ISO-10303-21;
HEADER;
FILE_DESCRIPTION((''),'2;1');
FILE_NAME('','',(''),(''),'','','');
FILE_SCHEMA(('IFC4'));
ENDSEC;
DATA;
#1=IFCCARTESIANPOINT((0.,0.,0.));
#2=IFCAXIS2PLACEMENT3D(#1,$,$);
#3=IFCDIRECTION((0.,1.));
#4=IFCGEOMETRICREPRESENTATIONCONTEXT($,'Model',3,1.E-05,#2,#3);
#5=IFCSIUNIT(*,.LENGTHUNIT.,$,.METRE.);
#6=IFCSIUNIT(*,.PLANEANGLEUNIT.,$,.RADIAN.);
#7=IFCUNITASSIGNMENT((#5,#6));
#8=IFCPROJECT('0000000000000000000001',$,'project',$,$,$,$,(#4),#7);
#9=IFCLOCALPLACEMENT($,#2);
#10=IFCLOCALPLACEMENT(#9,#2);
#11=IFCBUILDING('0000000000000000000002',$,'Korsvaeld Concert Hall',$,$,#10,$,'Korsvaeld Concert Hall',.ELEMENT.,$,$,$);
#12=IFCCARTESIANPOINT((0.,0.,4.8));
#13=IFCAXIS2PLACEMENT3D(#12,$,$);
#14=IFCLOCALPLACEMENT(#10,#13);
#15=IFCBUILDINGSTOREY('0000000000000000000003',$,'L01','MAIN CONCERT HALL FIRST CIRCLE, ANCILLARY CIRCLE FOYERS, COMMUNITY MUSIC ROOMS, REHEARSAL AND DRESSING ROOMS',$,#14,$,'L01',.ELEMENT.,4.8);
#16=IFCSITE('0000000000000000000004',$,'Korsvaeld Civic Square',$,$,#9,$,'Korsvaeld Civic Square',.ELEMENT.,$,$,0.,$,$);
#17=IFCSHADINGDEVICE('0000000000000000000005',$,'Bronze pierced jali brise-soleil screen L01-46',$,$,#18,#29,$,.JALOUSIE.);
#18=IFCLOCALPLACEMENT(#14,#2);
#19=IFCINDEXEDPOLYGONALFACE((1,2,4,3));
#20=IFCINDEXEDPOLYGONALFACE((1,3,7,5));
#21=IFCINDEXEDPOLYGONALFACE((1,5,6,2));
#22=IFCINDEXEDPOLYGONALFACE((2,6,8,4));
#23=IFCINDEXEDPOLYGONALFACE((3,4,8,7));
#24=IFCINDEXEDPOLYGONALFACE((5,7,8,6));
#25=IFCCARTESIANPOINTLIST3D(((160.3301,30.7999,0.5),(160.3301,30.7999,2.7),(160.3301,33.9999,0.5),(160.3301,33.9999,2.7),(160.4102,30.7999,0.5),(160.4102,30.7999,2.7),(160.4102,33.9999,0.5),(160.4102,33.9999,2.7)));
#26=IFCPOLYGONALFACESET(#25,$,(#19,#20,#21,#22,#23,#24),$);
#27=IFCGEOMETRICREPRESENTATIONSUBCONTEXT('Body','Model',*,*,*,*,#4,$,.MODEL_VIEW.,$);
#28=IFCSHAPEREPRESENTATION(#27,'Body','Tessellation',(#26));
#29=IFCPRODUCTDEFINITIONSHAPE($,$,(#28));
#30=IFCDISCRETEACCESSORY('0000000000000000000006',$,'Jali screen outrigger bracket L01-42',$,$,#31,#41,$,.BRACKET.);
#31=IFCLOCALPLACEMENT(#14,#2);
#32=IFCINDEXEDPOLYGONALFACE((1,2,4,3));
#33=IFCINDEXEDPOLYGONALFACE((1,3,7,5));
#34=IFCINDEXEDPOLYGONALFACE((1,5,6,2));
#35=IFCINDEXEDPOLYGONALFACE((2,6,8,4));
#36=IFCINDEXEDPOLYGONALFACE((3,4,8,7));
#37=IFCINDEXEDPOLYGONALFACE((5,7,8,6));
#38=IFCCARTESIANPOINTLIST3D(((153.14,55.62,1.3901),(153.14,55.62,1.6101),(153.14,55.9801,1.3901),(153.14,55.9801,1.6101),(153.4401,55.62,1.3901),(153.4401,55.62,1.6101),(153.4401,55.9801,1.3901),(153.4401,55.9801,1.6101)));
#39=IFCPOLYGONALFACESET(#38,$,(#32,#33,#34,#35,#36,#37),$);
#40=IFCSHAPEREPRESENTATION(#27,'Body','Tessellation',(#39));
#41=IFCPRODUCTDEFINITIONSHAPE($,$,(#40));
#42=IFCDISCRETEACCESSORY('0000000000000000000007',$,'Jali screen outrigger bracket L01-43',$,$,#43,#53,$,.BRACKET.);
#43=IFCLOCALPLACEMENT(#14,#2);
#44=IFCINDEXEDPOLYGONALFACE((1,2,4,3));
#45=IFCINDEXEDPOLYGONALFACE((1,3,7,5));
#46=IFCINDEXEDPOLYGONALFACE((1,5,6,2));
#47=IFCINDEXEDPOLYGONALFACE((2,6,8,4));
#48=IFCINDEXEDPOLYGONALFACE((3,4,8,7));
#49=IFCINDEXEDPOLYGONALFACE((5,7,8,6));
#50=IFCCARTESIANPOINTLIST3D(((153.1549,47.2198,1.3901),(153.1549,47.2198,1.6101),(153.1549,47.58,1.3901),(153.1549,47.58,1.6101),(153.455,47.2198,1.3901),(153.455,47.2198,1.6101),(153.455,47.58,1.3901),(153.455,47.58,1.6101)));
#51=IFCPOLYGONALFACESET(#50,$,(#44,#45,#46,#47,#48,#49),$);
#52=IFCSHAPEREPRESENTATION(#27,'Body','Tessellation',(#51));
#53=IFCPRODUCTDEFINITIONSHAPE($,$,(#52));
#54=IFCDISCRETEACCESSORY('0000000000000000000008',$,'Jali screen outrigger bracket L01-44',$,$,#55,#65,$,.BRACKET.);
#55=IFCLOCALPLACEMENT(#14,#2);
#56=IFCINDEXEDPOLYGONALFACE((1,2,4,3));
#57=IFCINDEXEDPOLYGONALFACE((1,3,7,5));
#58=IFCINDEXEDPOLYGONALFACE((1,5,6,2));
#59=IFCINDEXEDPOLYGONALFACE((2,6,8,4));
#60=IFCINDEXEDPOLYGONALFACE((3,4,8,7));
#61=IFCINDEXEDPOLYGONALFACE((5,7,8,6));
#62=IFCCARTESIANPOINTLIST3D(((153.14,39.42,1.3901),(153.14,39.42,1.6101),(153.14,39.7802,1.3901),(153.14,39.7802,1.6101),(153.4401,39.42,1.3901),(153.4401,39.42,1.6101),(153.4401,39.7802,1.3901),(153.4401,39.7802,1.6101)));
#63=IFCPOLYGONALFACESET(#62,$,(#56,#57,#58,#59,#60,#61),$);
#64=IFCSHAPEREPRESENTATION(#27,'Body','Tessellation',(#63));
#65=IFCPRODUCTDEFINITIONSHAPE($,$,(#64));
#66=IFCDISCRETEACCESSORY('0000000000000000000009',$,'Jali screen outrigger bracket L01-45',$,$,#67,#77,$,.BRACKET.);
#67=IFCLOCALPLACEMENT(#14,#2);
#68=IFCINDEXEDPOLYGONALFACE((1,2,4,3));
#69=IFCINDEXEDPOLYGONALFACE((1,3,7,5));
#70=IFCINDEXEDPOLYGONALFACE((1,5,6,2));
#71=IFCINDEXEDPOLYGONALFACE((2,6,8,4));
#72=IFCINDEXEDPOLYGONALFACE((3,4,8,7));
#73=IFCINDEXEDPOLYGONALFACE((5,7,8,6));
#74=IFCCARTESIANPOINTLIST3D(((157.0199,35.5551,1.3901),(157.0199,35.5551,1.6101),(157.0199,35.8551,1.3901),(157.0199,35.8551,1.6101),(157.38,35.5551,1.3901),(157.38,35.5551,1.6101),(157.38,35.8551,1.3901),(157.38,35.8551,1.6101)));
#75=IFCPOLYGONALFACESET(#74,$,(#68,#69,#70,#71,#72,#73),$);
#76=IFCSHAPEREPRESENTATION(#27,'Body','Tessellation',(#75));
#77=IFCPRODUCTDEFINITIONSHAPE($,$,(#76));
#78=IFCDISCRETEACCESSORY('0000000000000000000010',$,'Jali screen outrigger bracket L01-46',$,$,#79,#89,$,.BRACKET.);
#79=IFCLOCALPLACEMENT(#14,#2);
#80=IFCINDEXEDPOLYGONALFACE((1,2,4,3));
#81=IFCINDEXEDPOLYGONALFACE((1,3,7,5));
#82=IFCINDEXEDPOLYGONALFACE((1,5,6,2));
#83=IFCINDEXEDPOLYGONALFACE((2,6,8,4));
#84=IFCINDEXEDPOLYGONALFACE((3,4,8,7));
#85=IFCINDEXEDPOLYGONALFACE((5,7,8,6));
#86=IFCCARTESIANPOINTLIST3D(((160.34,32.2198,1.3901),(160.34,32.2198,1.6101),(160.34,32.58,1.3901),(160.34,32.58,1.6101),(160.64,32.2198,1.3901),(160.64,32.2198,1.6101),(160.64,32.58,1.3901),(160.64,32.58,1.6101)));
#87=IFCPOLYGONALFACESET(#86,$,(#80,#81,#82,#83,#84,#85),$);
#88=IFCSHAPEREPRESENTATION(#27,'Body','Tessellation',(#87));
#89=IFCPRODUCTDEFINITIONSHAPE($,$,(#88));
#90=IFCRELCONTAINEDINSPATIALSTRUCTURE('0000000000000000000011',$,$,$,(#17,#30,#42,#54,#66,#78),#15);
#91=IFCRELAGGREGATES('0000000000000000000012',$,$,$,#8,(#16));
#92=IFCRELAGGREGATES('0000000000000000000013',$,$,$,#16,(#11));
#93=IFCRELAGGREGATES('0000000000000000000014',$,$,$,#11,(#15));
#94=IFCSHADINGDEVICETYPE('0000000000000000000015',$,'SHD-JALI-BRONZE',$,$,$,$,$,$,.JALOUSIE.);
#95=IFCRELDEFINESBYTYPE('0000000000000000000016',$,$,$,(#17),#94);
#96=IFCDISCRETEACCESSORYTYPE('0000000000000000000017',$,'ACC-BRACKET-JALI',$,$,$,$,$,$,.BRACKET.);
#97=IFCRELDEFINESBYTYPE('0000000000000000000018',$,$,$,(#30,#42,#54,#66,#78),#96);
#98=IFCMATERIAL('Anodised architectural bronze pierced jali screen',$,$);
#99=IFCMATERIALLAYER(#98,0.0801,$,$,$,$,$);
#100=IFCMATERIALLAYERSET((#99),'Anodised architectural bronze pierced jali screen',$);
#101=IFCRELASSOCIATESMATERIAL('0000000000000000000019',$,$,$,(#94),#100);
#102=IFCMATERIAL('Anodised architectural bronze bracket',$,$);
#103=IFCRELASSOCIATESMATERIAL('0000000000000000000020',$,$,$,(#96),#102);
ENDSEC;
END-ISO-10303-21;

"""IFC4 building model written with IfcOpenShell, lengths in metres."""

from ifc_helpers import new_model, si_unit, direction, frame, origin, origin_2d, place, context, subcontext, project, spatial, rectangle, extrude, material, layer, layer_set, type_object, element, save


model = new_model("IFC4")

# Units and contexts
model_context = context("Model", 3, precision=1e-05, world=origin(), true_north=direction((0.0, 1.0)))
body_context = subcontext(model_context, "Body", "Model", "MODEL_VIEW")
ifc_project = project(units=[si_unit("LENGTHUNIT", "METRE"), si_unit("PLANEANGLEUNIT", "RADIAN")], contexts=[model_context])

# Site, building, storey
site_placement = place(None, origin())
site = spatial("IfcSite", under=ifc_project, at=site_placement, Name="Korsvaeld Civic Square", LongName="Korsvaeld Civic Square", CompositionType="ELEMENT", RefElevation=0.0)
building_placement = place(site_placement, origin())
building = spatial("IfcBuilding", under=site, at=building_placement, Name="Korsvaeld Concert Hall", LongName="Korsvaeld Concert Hall", CompositionType="ELEMENT")
storey_placement = place(building_placement, frame((0.0, 0.0, 4.8)))
storey = spatial("IfcBuildingStorey", under=building, at=storey_placement, Name="L01", Description="MAIN CONCERT HALL FIRST CIRCLE, ANCILLARY CIRCLE FOYERS, COMMUNITY MUSIC ROOMS, REHEARSAL AND DRESSING ROOMS", LongName="L01", CompositionType="ELEMENT", Elevation=4.8)

# Shading device
ifc_material_1 = material(Name="Anodised architectural bronze pierced jali screen")
ifc_layer_1 = layer(ifc_material_1, 0.0801)
ifc_layer_set_1 = layer_set([ifc_layer_1], Name="Anodised architectural bronze pierced jali screen")
shading_device_type = type_object("IfcShadingDeviceType", Name="SHD-JALI-BRONZE", PredefinedType="JALOUSIE", material=ifc_layer_set_1)
for number, where, z_axis, x_axis, name in (
    (1, (160.3701, 32.3999, 0.5), (0.0, 0.0, 1.0), (0.0, -1.0, 0.0), "Bronze pierced jali brise-soleil screen L01-46"),
):
    element("IfcShadingDevice", number, at=place(storey_placement, frame(where, z_axis=z_axis, x_axis=x_axis)), inside=storey, type_object=shading_device_type, Name=name, PredefinedType="JALOUSIE", context=body_context, shape_type="SweptSolid", body=[
        extrude(rectangle(XDim=3.2, YDim=0.0801, at=origin_2d()), origin(), (0.0, 0.0, 1.0), 2.2),
    ])

# Discrete accessories
ifc_material_2 = material(Name="Anodised architectural bronze bracket")
discrete_accessory_type = type_object("IfcDiscreteAccessoryType", Name="ACC-BRACKET-JALI", PredefinedType="BRACKET", material=ifc_material_2)
for number, where, z_axis, x_axis, name in (
    (2, (153.29, 55.8, 1.3901), (0.0, 0.0, 1.0), (0.0, -1.0, 0.0), "Jali screen outrigger bracket L01-42"),
    (3, (153.3049, 47.3999, 1.3901), (0.0, 0.0, 1.0), (0.0, -1.0, 0.0), "Jali screen outrigger bracket L01-43"),
    (4, (153.29, 39.6001, 1.3901), (0.0, 0.0, 1.0), (0.0, -1.0, 0.0), "Jali screen outrigger bracket L01-44"),
    (5, (157.2, 35.7051, 1.3901), (0.0, 0.0, 1.0), (1.0, 0.0, 0.0), "Jali screen outrigger bracket L01-45"),
    (6, (160.49, 32.3999, 1.3901), (0.0, 0.0, 1.0), (0.0, -1.0, 0.0), "Jali screen outrigger bracket L01-46"),
):
    element("IfcDiscreteAccessory", number, at=place(storey_placement, frame(where, z_axis=z_axis, x_axis=x_axis)), inside=storey, type_object=discrete_accessory_type, Name=name, PredefinedType="BRACKET", context=body_context, shape_type="SweptSolid", body=[
        extrude(rectangle(XDim=0.3601, YDim=0.3, at=origin_2d()), origin(), (0.0, 0.0, 1.0), 0.22),
    ])

save(model, "model.ifc")
